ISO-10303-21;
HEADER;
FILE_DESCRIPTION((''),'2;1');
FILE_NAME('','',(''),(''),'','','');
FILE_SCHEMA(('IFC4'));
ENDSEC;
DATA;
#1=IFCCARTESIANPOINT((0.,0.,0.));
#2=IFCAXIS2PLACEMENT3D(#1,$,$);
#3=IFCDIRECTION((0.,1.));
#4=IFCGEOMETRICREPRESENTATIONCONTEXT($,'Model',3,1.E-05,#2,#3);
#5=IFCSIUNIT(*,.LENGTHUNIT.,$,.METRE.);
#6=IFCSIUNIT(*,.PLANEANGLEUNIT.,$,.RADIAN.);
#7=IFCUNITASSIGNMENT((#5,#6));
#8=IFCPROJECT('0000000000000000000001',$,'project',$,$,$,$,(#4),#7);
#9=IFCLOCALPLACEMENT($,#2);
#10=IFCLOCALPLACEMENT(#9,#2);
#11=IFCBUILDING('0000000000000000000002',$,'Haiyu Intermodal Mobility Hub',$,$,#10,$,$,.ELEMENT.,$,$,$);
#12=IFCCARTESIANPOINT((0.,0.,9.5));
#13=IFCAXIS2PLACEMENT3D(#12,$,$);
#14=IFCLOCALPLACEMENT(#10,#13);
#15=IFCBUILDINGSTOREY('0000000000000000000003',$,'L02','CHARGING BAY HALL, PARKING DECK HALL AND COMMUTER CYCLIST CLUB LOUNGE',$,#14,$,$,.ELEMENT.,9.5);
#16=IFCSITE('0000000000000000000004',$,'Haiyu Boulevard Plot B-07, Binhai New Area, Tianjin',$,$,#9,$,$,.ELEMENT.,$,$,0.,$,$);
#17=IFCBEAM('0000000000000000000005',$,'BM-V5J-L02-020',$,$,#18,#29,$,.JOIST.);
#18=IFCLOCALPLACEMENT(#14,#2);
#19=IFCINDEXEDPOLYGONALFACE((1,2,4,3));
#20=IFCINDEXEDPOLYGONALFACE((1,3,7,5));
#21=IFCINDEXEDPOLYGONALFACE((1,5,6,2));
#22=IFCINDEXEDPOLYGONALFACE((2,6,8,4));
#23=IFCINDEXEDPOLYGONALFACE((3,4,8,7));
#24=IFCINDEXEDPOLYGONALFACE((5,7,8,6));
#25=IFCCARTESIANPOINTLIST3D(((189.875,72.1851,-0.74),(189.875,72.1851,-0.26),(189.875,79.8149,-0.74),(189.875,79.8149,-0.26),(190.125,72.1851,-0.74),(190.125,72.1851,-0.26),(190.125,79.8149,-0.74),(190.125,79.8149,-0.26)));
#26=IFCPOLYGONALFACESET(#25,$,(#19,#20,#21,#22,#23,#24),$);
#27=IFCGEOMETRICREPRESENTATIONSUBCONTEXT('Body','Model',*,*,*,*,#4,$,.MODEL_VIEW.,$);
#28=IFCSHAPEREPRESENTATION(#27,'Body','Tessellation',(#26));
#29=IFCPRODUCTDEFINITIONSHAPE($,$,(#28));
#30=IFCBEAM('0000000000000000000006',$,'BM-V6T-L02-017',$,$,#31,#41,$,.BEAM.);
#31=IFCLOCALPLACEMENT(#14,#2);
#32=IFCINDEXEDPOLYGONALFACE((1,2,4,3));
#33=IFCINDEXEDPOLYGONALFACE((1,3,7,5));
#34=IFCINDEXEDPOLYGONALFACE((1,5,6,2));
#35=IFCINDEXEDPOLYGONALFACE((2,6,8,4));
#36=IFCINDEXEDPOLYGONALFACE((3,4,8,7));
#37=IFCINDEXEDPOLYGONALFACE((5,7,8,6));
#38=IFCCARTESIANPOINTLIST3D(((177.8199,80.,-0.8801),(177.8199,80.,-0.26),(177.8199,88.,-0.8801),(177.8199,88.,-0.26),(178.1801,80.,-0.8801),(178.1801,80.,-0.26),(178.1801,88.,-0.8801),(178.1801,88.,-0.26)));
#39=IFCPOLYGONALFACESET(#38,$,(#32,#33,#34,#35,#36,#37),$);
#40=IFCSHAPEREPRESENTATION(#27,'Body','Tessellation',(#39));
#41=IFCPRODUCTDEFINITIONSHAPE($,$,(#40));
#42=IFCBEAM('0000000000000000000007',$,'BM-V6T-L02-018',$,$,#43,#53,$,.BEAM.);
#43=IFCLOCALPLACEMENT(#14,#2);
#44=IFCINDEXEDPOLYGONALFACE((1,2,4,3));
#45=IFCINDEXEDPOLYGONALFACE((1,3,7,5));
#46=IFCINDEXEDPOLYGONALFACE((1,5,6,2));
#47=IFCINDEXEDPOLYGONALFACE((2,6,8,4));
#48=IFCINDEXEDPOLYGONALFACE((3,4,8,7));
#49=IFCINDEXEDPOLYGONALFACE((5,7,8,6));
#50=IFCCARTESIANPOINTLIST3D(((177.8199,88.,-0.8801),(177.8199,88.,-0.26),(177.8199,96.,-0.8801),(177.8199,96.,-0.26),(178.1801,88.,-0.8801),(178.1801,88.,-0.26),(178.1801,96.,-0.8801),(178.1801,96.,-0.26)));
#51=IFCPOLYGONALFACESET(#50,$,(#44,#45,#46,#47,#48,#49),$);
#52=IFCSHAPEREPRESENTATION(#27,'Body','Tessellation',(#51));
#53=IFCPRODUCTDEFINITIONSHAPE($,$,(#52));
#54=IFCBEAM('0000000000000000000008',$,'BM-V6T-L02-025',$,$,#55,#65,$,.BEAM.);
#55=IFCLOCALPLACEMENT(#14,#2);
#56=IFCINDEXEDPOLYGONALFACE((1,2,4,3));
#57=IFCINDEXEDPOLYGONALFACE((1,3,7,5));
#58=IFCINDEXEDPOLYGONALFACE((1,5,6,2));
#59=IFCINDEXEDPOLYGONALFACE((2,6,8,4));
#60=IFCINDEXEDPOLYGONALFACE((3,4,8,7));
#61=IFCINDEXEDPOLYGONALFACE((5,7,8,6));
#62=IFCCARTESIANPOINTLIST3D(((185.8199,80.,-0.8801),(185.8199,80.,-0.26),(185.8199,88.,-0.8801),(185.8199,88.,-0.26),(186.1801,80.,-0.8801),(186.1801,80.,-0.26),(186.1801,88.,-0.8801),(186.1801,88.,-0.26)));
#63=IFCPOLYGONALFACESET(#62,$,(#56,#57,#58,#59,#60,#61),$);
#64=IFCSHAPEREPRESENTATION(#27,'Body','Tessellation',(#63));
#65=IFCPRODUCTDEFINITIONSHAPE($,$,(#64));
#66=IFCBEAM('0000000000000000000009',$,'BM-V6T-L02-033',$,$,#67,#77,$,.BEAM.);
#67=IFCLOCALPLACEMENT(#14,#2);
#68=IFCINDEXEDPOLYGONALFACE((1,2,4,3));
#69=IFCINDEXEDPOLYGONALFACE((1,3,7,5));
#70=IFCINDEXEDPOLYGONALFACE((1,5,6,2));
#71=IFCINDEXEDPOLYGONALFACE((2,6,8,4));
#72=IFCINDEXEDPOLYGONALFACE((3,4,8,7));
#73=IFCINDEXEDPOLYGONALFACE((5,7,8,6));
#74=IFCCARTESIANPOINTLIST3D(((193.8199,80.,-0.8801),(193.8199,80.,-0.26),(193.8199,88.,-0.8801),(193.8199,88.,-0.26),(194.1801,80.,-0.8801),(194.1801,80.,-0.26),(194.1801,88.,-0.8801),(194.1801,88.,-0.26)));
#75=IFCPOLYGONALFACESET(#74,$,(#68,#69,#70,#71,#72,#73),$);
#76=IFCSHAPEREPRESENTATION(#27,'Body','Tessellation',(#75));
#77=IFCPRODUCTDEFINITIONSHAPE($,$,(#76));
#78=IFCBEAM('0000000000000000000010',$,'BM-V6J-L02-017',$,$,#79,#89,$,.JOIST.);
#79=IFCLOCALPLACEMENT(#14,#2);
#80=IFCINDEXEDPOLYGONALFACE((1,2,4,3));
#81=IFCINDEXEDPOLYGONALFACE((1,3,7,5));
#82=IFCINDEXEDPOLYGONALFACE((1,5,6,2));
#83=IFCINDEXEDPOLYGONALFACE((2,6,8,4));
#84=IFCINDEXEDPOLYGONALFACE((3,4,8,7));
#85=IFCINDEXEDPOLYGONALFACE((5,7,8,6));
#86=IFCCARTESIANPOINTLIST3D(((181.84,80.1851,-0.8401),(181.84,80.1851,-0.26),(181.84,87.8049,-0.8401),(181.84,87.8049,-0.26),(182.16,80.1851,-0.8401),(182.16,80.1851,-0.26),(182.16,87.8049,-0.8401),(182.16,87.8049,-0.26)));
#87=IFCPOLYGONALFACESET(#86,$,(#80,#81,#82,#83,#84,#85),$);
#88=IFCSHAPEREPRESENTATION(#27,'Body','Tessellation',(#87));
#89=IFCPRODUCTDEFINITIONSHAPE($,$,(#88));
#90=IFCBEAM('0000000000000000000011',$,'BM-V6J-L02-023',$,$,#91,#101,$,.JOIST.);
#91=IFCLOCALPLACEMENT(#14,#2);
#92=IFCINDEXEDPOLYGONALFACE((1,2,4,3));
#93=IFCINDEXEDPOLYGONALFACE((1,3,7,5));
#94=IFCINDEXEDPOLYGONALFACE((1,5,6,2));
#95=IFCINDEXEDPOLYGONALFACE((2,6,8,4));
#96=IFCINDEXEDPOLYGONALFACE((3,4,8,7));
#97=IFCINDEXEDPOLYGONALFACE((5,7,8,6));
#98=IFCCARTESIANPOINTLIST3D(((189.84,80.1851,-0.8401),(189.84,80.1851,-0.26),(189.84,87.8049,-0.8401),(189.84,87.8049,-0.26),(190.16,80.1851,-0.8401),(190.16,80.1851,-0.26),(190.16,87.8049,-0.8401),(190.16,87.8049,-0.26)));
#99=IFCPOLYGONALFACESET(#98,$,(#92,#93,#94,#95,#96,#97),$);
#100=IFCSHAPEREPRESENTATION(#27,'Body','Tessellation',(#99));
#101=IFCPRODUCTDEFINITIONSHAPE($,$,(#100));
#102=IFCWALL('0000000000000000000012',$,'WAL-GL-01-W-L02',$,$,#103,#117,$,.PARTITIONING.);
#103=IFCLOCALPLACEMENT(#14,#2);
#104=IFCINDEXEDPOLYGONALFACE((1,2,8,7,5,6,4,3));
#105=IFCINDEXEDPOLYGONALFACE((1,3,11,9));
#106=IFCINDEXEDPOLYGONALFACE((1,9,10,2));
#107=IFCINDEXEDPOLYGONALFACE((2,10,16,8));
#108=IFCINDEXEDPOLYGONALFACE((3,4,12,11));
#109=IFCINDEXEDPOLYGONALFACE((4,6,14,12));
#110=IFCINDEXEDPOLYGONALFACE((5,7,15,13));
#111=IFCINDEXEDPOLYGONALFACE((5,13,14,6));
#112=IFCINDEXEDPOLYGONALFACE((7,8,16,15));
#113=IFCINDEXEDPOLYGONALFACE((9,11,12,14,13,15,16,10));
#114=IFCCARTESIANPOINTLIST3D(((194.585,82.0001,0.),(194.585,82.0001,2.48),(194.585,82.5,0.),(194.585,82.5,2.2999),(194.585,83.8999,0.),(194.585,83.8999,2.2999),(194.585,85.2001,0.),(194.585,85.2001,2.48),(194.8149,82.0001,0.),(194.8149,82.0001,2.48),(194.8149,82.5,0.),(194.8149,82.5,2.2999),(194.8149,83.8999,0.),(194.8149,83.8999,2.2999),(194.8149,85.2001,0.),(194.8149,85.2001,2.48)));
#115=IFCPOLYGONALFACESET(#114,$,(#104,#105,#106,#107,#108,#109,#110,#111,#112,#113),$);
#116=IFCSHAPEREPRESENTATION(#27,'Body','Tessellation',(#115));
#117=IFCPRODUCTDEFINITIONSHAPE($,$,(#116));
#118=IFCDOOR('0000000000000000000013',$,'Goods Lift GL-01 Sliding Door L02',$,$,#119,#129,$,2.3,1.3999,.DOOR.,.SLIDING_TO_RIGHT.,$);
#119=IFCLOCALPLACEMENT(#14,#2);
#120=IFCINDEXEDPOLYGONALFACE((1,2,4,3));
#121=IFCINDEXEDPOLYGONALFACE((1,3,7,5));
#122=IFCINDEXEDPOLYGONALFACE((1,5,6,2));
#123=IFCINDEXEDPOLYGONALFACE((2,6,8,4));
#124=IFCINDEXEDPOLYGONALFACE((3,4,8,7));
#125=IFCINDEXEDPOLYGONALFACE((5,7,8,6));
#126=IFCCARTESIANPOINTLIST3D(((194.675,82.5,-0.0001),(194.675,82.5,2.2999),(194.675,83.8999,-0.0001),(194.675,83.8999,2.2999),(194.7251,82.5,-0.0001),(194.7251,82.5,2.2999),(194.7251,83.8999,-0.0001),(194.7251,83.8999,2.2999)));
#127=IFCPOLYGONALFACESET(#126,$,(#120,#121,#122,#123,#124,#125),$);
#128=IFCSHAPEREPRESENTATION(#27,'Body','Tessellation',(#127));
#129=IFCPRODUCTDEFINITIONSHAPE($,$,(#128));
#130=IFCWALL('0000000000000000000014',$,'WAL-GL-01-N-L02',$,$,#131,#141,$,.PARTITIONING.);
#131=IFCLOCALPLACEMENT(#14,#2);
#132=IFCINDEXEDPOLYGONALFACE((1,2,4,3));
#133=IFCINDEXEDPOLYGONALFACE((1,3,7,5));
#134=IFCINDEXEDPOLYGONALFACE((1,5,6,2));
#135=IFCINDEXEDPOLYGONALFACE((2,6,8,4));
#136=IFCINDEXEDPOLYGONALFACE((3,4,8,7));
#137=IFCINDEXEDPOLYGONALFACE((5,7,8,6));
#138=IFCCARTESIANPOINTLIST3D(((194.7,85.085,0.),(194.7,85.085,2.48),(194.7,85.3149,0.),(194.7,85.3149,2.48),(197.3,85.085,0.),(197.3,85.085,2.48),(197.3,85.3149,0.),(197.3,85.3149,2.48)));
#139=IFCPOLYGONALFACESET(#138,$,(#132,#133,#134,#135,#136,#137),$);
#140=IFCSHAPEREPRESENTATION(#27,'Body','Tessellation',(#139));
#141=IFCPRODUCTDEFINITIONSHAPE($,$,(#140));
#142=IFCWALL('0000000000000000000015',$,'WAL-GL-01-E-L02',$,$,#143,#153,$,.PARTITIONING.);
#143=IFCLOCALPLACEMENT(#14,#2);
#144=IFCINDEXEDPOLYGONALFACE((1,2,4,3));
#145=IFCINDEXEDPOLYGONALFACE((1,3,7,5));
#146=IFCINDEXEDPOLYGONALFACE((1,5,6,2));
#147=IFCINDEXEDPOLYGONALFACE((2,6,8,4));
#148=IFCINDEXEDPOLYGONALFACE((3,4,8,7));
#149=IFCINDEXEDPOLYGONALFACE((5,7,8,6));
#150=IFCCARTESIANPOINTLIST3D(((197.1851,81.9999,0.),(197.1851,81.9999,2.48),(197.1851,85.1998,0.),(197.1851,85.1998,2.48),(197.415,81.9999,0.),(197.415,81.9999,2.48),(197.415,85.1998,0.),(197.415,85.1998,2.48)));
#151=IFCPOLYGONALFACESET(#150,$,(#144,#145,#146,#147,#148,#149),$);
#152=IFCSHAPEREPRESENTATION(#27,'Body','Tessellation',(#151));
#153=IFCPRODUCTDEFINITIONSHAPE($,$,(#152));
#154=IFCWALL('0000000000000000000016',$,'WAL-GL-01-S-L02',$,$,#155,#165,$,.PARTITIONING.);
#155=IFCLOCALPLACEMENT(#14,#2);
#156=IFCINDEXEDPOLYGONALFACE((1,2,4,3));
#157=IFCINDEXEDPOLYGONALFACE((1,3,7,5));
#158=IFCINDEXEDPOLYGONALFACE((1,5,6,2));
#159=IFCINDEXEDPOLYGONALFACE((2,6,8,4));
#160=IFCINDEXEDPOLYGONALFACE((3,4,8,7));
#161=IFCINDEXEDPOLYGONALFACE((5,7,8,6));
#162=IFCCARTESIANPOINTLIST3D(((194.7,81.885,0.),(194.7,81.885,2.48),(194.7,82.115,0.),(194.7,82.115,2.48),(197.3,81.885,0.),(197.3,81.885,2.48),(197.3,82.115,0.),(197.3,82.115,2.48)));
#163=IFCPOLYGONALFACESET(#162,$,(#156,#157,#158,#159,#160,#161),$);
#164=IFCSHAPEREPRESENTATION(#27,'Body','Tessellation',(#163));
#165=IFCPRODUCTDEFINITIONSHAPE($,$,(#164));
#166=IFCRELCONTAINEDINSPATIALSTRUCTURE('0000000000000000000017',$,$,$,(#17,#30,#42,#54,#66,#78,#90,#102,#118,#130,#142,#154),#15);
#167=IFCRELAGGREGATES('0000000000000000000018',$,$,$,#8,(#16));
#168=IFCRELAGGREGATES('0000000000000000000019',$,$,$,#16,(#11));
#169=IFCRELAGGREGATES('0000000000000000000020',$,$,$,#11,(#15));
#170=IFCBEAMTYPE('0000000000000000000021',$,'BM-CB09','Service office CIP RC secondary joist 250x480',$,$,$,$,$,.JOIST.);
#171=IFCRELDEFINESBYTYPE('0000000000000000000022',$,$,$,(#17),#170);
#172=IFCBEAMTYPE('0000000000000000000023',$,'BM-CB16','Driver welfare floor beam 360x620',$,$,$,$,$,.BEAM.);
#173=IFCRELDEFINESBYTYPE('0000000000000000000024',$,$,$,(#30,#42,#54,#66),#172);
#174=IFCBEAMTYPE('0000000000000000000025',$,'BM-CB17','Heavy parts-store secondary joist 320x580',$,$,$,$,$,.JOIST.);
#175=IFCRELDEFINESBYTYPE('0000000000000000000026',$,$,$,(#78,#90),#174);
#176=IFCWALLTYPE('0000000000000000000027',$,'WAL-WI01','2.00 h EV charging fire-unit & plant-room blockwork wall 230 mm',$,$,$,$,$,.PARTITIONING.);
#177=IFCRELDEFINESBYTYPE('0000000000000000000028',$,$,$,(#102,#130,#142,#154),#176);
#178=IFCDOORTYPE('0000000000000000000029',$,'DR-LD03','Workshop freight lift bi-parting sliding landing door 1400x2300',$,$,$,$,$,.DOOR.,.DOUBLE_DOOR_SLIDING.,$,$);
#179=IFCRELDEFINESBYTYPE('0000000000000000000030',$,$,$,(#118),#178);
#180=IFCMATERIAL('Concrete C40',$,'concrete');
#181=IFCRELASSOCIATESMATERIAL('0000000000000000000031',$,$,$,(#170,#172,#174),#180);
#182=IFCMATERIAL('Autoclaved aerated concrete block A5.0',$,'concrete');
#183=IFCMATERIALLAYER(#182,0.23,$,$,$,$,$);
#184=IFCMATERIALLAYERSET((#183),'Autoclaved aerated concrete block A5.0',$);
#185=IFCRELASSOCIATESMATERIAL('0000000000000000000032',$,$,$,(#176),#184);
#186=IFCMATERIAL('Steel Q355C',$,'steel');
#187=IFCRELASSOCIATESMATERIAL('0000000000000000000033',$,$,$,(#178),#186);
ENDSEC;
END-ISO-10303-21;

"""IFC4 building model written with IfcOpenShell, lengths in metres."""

from ifc_helpers import new_model, si_unit, direction, frame, frame_2d, origin, origin_2d, place, context, subcontext, project, spatial, rectangle, extrude, material, layer, layer_set, material_profile, profile_set, type_object, element, fill, save


model = new_model("IFC4")

# Units and contexts
model_context = context("Model", 3, precision=1e-05, world=origin(), true_north=direction((0.0, 1.0)))
body_context = subcontext(model_context, "Body", "Model", "MODEL_VIEW")
ifc_project = project(units=[si_unit("LENGTHUNIT", "METRE"), si_unit("PLANEANGLEUNIT", "RADIAN")], contexts=[model_context])

# Site, building, storey
site_placement = place(None, origin())
site = spatial("IfcSite", under=ifc_project, at=site_placement, Name="Haiyu Boulevard Plot B-07, Binhai New Area, Tianjin", CompositionType="ELEMENT", RefElevation=0.0)
building_placement = place(site_placement, origin())
building = spatial("IfcBuilding", under=site, at=building_placement, Name="Haiyu Intermodal Mobility Hub", CompositionType="ELEMENT")
storey_placement = place(building_placement, frame((0.0, 0.0, 9.5)))
storey = spatial("IfcBuildingStorey", under=building, at=storey_placement, Name="L02", Description="CHARGING BAY HALL, PARKING DECK HALL AND COMMUTER CYCLIST CLUB LOUNGE", CompositionType="ELEMENT", Elevation=9.5)

# Shared definitions
ifc_material_1 = material(Name="Concrete C40", Category="concrete")

# Beams
ifc_material_profile_1 = material_profile(ifc_material_1, rectangle(XDim=0.25, YDim=0.48, at=origin_2d()), Name="RCB250x480")
ifc_profile_set_1 = profile_set([ifc_material_profile_1], Name="Concrete C40")
beam_type_1 = type_object("IfcBeamType", Name="BM-CB09", Description="Service office CIP RC secondary joist 250x480", PredefinedType="JOIST", material=ifc_profile_set_1)
for number, where, z_axis, x_axis, name in (
    (1, (190.0, 72.1851, -0.5), (0.0, 1.0, 0.0), (-1.0, 0.0, 0.0), "BM-V5J-L02-020"),
):
    element("IfcBeam", number, at=place(storey_placement, frame(where, z_axis=z_axis, x_axis=x_axis)), inside=storey, type_object=beam_type_1, Name=name, PredefinedType="JOIST", context=body_context, shape_type="SweptSolid", body=[
        extrude(rectangle(XDim=0.25, YDim=0.48, at=origin_2d()), origin(), (0.0, 0.0, 1.0), 7.6299),
    ])
ifc_material_profile_2 = material_profile(ifc_material_1, rectangle(XDim=0.3601, YDim=0.6201, at=origin_2d()), Name="B360x620")
ifc_profile_set_2 = profile_set([ifc_material_profile_2], Name="Concrete C40")
beam_type_2 = type_object("IfcBeamType", Name="BM-CB16", Description="Driver welfare floor beam 360x620", PredefinedType="BEAM", material=ifc_profile_set_2)
for number, where, z_axis, x_axis, name in (
    (2, (178.0, 80.0, -0.5701), (0.0, 1.0, 0.0), (-1.0, 0.0, 0.0), "BM-V6T-L02-017"),
    (3, (178.0, 88.0, -0.5701), (0.0, 1.0, 0.0), (-1.0, 0.0, 0.0), "BM-V6T-L02-018"),
    (4, (186.0, 80.0, -0.5701), (0.0, 1.0, 0.0), (-1.0, 0.0, 0.0), "BM-V6T-L02-025"),
    (5, (194.0, 80.0, -0.5701), (0.0, 1.0, 0.0), (-1.0, 0.0, 0.0), "BM-V6T-L02-033"),
):
    element("IfcBeam", number, at=place(storey_placement, frame(where, z_axis=z_axis, x_axis=x_axis)), inside=storey, type_object=beam_type_2, Name=name, PredefinedType="BEAM", context=body_context, shape_type="SweptSolid", body=[
        extrude(rectangle(XDim=0.3601, YDim=0.6201, at=origin_2d()), origin(), (0.0, 0.0, 1.0), 8.0),
    ])
ifc_material_profile_3 = material_profile(ifc_material_1, rectangle(XDim=0.3201, YDim=0.5801, at=origin_2d()), Name="B320x580")
ifc_profile_set_3 = profile_set([ifc_material_profile_3], Name="Concrete C40")
beam_type_3 = type_object("IfcBeamType", Name="BM-CB17", Description="Heavy parts-store secondary joist 320x580", PredefinedType="JOIST", material=ifc_profile_set_3)
for number, where, z_axis, x_axis, name in (
    (6, (182.0, 80.1851, -0.55), (0.0, 1.0, 0.0), (-1.0, 0.0, 0.0), "BM-V6J-L02-017"),
    (7, (190.0, 80.1851, -0.55), (0.0, 1.0, 0.0), (-1.0, 0.0, 0.0), "BM-V6J-L02-023"),
):
    element("IfcBeam", number, at=place(storey_placement, frame(where, z_axis=z_axis, x_axis=x_axis)), inside=storey, type_object=beam_type_3, Name=name, PredefinedType="JOIST", context=body_context, shape_type="SweptSolid", body=[
        extrude(rectangle(XDim=0.3201, YDim=0.5801, at=origin_2d()), origin(), (0.0, 0.0, 1.0), 7.6199),
    ])

# Wall, opening, door
ifc_material_2 = material(Name="Autoclaved aerated concrete block A5.0", Category="concrete")
ifc_layer_1 = layer(ifc_material_2, 0.23)
ifc_layer_set_1 = layer_set([ifc_layer_1], Name="Autoclaved aerated concrete block A5.0")
wall_type_1 = type_object("IfcWallType", Name="WAL-WI01", Description="2.00 h EV charging fire-unit & plant-room blockwork wall 230 mm", PredefinedType="PARTITIONING", material=ifc_layer_set_1)
wall_1_placement = place(storey_placement, frame((194.7, 82.0, 0.0), z_axis=(0.0, 0.0, 1.0), x_axis=(0.0, 1.0, 0.0)))
wall_1 = element("IfcWall", 8, at=wall_1_placement, inside=storey, type_object=wall_type_1, Name="WAL-GL-01-W-L02", PredefinedType="PARTITIONING", context=body_context, shape_type="SweptSolid", body=[
    extrude(rectangle(XDim=3.2, YDim=0.23, at=frame_2d((1.6001, 0.0))), origin(), (0.0, 0.0, 1.0), 2.48),
])
opening_1_placement = place(wall_1_placement, frame((0.5, 0.0, 0.0)))
opening_1 = element("IfcOpeningElement", 9, at=opening_1_placement, cuts=wall_1, PredefinedType="OPENING", context=body_context, shape_type="SweptSolid", body=[
    extrude(rectangle(XDim=1.3999, YDim=2.3, at=frame_2d((0.7, 1.1499))), frame((0.0, 0.125, 0.0), z_axis=(0.0, -1.0, 0.0), x_axis=(1.0, 0.0, 0.0)), (0.0, 0.0, 1.0), 0.25),
])
ifc_material_3 = material(Name="Steel Q355C", Category="steel")
door_type_1 = type_object("IfcDoorType", Name="DR-LD03", Description="Workshop freight lift bi-parting sliding landing door 1400x2300", OperationType="DOUBLE_DOOR_SLIDING", PredefinedType="DOOR", material=ifc_material_3)
door_1_placement = place(opening_1_placement, origin())
door_1 = element("IfcDoor", 10, at=door_1_placement, inside=storey, type_object=door_type_1, Name="Goods Lift GL-01 Sliding Door L02", OperationType="SLIDING_TO_RIGHT", OverallHeight=2.3, OverallWidth=1.3999, PredefinedType="DOOR", context=body_context, shape_type="SweptSolid", body=[
    extrude(rectangle(XDim=1.3999, YDim=2.3, at=frame_2d((0.7, 1.1499))), frame((0.0, 0.0249, 0.0), z_axis=(0.0, -1.0, 0.0), x_axis=(1.0, 0.0, 0.0)), (0.0, 0.0, 1.0), 0.05),
])
fill(opening_1, door_1)

# Walls
wall_2_placement = place(storey_placement, frame((194.7, 85.2, 0.0), z_axis=(0.0, 0.0, 1.0), x_axis=(1.0, 0.0, 0.0)))
element("IfcWall", 11, at=wall_2_placement, inside=storey, type_object=wall_type_1, Name="WAL-GL-01-N-L02", PredefinedType="PARTITIONING", context=body_context, shape_type="SweptSolid", body=[
    extrude(rectangle(XDim=2.6001, YDim=0.23, at=frame_2d((1.3, 0.0))), origin(), (0.0, 0.0, 1.0), 2.48),
])
wall_3_placement = place(storey_placement, frame((197.3, 85.2, 0.0), z_axis=(0.0, 0.0, 1.0), x_axis=(0.0, -1.0, 0.0)))
element("IfcWall", 12, at=wall_3_placement, inside=storey, type_object=wall_type_1, Name="WAL-GL-01-E-L02", PredefinedType="PARTITIONING", context=body_context, shape_type="SweptSolid", body=[
    extrude(rectangle(XDim=3.2, YDim=0.23, at=frame_2d((1.6001, 0.0))), origin(), (0.0, 0.0, 1.0), 2.48),
])
wall_4_placement = place(storey_placement, frame((197.3, 82.0, 0.0), z_axis=(0.0, 0.0, 1.0), x_axis=(-1.0, 0.0, 0.0)))
element("IfcWall", 13, at=wall_4_placement, inside=storey, type_object=wall_type_1, Name="WAL-GL-01-S-L02", PredefinedType="PARTITIONING", context=body_context, shape_type="SweptSolid", body=[
    extrude(rectangle(XDim=2.6001, YDim=0.23, at=frame_2d((1.3, 0.0))), origin(), (0.0, 0.0, 1.0), 2.48),
])

save(model, "model.ifc")
